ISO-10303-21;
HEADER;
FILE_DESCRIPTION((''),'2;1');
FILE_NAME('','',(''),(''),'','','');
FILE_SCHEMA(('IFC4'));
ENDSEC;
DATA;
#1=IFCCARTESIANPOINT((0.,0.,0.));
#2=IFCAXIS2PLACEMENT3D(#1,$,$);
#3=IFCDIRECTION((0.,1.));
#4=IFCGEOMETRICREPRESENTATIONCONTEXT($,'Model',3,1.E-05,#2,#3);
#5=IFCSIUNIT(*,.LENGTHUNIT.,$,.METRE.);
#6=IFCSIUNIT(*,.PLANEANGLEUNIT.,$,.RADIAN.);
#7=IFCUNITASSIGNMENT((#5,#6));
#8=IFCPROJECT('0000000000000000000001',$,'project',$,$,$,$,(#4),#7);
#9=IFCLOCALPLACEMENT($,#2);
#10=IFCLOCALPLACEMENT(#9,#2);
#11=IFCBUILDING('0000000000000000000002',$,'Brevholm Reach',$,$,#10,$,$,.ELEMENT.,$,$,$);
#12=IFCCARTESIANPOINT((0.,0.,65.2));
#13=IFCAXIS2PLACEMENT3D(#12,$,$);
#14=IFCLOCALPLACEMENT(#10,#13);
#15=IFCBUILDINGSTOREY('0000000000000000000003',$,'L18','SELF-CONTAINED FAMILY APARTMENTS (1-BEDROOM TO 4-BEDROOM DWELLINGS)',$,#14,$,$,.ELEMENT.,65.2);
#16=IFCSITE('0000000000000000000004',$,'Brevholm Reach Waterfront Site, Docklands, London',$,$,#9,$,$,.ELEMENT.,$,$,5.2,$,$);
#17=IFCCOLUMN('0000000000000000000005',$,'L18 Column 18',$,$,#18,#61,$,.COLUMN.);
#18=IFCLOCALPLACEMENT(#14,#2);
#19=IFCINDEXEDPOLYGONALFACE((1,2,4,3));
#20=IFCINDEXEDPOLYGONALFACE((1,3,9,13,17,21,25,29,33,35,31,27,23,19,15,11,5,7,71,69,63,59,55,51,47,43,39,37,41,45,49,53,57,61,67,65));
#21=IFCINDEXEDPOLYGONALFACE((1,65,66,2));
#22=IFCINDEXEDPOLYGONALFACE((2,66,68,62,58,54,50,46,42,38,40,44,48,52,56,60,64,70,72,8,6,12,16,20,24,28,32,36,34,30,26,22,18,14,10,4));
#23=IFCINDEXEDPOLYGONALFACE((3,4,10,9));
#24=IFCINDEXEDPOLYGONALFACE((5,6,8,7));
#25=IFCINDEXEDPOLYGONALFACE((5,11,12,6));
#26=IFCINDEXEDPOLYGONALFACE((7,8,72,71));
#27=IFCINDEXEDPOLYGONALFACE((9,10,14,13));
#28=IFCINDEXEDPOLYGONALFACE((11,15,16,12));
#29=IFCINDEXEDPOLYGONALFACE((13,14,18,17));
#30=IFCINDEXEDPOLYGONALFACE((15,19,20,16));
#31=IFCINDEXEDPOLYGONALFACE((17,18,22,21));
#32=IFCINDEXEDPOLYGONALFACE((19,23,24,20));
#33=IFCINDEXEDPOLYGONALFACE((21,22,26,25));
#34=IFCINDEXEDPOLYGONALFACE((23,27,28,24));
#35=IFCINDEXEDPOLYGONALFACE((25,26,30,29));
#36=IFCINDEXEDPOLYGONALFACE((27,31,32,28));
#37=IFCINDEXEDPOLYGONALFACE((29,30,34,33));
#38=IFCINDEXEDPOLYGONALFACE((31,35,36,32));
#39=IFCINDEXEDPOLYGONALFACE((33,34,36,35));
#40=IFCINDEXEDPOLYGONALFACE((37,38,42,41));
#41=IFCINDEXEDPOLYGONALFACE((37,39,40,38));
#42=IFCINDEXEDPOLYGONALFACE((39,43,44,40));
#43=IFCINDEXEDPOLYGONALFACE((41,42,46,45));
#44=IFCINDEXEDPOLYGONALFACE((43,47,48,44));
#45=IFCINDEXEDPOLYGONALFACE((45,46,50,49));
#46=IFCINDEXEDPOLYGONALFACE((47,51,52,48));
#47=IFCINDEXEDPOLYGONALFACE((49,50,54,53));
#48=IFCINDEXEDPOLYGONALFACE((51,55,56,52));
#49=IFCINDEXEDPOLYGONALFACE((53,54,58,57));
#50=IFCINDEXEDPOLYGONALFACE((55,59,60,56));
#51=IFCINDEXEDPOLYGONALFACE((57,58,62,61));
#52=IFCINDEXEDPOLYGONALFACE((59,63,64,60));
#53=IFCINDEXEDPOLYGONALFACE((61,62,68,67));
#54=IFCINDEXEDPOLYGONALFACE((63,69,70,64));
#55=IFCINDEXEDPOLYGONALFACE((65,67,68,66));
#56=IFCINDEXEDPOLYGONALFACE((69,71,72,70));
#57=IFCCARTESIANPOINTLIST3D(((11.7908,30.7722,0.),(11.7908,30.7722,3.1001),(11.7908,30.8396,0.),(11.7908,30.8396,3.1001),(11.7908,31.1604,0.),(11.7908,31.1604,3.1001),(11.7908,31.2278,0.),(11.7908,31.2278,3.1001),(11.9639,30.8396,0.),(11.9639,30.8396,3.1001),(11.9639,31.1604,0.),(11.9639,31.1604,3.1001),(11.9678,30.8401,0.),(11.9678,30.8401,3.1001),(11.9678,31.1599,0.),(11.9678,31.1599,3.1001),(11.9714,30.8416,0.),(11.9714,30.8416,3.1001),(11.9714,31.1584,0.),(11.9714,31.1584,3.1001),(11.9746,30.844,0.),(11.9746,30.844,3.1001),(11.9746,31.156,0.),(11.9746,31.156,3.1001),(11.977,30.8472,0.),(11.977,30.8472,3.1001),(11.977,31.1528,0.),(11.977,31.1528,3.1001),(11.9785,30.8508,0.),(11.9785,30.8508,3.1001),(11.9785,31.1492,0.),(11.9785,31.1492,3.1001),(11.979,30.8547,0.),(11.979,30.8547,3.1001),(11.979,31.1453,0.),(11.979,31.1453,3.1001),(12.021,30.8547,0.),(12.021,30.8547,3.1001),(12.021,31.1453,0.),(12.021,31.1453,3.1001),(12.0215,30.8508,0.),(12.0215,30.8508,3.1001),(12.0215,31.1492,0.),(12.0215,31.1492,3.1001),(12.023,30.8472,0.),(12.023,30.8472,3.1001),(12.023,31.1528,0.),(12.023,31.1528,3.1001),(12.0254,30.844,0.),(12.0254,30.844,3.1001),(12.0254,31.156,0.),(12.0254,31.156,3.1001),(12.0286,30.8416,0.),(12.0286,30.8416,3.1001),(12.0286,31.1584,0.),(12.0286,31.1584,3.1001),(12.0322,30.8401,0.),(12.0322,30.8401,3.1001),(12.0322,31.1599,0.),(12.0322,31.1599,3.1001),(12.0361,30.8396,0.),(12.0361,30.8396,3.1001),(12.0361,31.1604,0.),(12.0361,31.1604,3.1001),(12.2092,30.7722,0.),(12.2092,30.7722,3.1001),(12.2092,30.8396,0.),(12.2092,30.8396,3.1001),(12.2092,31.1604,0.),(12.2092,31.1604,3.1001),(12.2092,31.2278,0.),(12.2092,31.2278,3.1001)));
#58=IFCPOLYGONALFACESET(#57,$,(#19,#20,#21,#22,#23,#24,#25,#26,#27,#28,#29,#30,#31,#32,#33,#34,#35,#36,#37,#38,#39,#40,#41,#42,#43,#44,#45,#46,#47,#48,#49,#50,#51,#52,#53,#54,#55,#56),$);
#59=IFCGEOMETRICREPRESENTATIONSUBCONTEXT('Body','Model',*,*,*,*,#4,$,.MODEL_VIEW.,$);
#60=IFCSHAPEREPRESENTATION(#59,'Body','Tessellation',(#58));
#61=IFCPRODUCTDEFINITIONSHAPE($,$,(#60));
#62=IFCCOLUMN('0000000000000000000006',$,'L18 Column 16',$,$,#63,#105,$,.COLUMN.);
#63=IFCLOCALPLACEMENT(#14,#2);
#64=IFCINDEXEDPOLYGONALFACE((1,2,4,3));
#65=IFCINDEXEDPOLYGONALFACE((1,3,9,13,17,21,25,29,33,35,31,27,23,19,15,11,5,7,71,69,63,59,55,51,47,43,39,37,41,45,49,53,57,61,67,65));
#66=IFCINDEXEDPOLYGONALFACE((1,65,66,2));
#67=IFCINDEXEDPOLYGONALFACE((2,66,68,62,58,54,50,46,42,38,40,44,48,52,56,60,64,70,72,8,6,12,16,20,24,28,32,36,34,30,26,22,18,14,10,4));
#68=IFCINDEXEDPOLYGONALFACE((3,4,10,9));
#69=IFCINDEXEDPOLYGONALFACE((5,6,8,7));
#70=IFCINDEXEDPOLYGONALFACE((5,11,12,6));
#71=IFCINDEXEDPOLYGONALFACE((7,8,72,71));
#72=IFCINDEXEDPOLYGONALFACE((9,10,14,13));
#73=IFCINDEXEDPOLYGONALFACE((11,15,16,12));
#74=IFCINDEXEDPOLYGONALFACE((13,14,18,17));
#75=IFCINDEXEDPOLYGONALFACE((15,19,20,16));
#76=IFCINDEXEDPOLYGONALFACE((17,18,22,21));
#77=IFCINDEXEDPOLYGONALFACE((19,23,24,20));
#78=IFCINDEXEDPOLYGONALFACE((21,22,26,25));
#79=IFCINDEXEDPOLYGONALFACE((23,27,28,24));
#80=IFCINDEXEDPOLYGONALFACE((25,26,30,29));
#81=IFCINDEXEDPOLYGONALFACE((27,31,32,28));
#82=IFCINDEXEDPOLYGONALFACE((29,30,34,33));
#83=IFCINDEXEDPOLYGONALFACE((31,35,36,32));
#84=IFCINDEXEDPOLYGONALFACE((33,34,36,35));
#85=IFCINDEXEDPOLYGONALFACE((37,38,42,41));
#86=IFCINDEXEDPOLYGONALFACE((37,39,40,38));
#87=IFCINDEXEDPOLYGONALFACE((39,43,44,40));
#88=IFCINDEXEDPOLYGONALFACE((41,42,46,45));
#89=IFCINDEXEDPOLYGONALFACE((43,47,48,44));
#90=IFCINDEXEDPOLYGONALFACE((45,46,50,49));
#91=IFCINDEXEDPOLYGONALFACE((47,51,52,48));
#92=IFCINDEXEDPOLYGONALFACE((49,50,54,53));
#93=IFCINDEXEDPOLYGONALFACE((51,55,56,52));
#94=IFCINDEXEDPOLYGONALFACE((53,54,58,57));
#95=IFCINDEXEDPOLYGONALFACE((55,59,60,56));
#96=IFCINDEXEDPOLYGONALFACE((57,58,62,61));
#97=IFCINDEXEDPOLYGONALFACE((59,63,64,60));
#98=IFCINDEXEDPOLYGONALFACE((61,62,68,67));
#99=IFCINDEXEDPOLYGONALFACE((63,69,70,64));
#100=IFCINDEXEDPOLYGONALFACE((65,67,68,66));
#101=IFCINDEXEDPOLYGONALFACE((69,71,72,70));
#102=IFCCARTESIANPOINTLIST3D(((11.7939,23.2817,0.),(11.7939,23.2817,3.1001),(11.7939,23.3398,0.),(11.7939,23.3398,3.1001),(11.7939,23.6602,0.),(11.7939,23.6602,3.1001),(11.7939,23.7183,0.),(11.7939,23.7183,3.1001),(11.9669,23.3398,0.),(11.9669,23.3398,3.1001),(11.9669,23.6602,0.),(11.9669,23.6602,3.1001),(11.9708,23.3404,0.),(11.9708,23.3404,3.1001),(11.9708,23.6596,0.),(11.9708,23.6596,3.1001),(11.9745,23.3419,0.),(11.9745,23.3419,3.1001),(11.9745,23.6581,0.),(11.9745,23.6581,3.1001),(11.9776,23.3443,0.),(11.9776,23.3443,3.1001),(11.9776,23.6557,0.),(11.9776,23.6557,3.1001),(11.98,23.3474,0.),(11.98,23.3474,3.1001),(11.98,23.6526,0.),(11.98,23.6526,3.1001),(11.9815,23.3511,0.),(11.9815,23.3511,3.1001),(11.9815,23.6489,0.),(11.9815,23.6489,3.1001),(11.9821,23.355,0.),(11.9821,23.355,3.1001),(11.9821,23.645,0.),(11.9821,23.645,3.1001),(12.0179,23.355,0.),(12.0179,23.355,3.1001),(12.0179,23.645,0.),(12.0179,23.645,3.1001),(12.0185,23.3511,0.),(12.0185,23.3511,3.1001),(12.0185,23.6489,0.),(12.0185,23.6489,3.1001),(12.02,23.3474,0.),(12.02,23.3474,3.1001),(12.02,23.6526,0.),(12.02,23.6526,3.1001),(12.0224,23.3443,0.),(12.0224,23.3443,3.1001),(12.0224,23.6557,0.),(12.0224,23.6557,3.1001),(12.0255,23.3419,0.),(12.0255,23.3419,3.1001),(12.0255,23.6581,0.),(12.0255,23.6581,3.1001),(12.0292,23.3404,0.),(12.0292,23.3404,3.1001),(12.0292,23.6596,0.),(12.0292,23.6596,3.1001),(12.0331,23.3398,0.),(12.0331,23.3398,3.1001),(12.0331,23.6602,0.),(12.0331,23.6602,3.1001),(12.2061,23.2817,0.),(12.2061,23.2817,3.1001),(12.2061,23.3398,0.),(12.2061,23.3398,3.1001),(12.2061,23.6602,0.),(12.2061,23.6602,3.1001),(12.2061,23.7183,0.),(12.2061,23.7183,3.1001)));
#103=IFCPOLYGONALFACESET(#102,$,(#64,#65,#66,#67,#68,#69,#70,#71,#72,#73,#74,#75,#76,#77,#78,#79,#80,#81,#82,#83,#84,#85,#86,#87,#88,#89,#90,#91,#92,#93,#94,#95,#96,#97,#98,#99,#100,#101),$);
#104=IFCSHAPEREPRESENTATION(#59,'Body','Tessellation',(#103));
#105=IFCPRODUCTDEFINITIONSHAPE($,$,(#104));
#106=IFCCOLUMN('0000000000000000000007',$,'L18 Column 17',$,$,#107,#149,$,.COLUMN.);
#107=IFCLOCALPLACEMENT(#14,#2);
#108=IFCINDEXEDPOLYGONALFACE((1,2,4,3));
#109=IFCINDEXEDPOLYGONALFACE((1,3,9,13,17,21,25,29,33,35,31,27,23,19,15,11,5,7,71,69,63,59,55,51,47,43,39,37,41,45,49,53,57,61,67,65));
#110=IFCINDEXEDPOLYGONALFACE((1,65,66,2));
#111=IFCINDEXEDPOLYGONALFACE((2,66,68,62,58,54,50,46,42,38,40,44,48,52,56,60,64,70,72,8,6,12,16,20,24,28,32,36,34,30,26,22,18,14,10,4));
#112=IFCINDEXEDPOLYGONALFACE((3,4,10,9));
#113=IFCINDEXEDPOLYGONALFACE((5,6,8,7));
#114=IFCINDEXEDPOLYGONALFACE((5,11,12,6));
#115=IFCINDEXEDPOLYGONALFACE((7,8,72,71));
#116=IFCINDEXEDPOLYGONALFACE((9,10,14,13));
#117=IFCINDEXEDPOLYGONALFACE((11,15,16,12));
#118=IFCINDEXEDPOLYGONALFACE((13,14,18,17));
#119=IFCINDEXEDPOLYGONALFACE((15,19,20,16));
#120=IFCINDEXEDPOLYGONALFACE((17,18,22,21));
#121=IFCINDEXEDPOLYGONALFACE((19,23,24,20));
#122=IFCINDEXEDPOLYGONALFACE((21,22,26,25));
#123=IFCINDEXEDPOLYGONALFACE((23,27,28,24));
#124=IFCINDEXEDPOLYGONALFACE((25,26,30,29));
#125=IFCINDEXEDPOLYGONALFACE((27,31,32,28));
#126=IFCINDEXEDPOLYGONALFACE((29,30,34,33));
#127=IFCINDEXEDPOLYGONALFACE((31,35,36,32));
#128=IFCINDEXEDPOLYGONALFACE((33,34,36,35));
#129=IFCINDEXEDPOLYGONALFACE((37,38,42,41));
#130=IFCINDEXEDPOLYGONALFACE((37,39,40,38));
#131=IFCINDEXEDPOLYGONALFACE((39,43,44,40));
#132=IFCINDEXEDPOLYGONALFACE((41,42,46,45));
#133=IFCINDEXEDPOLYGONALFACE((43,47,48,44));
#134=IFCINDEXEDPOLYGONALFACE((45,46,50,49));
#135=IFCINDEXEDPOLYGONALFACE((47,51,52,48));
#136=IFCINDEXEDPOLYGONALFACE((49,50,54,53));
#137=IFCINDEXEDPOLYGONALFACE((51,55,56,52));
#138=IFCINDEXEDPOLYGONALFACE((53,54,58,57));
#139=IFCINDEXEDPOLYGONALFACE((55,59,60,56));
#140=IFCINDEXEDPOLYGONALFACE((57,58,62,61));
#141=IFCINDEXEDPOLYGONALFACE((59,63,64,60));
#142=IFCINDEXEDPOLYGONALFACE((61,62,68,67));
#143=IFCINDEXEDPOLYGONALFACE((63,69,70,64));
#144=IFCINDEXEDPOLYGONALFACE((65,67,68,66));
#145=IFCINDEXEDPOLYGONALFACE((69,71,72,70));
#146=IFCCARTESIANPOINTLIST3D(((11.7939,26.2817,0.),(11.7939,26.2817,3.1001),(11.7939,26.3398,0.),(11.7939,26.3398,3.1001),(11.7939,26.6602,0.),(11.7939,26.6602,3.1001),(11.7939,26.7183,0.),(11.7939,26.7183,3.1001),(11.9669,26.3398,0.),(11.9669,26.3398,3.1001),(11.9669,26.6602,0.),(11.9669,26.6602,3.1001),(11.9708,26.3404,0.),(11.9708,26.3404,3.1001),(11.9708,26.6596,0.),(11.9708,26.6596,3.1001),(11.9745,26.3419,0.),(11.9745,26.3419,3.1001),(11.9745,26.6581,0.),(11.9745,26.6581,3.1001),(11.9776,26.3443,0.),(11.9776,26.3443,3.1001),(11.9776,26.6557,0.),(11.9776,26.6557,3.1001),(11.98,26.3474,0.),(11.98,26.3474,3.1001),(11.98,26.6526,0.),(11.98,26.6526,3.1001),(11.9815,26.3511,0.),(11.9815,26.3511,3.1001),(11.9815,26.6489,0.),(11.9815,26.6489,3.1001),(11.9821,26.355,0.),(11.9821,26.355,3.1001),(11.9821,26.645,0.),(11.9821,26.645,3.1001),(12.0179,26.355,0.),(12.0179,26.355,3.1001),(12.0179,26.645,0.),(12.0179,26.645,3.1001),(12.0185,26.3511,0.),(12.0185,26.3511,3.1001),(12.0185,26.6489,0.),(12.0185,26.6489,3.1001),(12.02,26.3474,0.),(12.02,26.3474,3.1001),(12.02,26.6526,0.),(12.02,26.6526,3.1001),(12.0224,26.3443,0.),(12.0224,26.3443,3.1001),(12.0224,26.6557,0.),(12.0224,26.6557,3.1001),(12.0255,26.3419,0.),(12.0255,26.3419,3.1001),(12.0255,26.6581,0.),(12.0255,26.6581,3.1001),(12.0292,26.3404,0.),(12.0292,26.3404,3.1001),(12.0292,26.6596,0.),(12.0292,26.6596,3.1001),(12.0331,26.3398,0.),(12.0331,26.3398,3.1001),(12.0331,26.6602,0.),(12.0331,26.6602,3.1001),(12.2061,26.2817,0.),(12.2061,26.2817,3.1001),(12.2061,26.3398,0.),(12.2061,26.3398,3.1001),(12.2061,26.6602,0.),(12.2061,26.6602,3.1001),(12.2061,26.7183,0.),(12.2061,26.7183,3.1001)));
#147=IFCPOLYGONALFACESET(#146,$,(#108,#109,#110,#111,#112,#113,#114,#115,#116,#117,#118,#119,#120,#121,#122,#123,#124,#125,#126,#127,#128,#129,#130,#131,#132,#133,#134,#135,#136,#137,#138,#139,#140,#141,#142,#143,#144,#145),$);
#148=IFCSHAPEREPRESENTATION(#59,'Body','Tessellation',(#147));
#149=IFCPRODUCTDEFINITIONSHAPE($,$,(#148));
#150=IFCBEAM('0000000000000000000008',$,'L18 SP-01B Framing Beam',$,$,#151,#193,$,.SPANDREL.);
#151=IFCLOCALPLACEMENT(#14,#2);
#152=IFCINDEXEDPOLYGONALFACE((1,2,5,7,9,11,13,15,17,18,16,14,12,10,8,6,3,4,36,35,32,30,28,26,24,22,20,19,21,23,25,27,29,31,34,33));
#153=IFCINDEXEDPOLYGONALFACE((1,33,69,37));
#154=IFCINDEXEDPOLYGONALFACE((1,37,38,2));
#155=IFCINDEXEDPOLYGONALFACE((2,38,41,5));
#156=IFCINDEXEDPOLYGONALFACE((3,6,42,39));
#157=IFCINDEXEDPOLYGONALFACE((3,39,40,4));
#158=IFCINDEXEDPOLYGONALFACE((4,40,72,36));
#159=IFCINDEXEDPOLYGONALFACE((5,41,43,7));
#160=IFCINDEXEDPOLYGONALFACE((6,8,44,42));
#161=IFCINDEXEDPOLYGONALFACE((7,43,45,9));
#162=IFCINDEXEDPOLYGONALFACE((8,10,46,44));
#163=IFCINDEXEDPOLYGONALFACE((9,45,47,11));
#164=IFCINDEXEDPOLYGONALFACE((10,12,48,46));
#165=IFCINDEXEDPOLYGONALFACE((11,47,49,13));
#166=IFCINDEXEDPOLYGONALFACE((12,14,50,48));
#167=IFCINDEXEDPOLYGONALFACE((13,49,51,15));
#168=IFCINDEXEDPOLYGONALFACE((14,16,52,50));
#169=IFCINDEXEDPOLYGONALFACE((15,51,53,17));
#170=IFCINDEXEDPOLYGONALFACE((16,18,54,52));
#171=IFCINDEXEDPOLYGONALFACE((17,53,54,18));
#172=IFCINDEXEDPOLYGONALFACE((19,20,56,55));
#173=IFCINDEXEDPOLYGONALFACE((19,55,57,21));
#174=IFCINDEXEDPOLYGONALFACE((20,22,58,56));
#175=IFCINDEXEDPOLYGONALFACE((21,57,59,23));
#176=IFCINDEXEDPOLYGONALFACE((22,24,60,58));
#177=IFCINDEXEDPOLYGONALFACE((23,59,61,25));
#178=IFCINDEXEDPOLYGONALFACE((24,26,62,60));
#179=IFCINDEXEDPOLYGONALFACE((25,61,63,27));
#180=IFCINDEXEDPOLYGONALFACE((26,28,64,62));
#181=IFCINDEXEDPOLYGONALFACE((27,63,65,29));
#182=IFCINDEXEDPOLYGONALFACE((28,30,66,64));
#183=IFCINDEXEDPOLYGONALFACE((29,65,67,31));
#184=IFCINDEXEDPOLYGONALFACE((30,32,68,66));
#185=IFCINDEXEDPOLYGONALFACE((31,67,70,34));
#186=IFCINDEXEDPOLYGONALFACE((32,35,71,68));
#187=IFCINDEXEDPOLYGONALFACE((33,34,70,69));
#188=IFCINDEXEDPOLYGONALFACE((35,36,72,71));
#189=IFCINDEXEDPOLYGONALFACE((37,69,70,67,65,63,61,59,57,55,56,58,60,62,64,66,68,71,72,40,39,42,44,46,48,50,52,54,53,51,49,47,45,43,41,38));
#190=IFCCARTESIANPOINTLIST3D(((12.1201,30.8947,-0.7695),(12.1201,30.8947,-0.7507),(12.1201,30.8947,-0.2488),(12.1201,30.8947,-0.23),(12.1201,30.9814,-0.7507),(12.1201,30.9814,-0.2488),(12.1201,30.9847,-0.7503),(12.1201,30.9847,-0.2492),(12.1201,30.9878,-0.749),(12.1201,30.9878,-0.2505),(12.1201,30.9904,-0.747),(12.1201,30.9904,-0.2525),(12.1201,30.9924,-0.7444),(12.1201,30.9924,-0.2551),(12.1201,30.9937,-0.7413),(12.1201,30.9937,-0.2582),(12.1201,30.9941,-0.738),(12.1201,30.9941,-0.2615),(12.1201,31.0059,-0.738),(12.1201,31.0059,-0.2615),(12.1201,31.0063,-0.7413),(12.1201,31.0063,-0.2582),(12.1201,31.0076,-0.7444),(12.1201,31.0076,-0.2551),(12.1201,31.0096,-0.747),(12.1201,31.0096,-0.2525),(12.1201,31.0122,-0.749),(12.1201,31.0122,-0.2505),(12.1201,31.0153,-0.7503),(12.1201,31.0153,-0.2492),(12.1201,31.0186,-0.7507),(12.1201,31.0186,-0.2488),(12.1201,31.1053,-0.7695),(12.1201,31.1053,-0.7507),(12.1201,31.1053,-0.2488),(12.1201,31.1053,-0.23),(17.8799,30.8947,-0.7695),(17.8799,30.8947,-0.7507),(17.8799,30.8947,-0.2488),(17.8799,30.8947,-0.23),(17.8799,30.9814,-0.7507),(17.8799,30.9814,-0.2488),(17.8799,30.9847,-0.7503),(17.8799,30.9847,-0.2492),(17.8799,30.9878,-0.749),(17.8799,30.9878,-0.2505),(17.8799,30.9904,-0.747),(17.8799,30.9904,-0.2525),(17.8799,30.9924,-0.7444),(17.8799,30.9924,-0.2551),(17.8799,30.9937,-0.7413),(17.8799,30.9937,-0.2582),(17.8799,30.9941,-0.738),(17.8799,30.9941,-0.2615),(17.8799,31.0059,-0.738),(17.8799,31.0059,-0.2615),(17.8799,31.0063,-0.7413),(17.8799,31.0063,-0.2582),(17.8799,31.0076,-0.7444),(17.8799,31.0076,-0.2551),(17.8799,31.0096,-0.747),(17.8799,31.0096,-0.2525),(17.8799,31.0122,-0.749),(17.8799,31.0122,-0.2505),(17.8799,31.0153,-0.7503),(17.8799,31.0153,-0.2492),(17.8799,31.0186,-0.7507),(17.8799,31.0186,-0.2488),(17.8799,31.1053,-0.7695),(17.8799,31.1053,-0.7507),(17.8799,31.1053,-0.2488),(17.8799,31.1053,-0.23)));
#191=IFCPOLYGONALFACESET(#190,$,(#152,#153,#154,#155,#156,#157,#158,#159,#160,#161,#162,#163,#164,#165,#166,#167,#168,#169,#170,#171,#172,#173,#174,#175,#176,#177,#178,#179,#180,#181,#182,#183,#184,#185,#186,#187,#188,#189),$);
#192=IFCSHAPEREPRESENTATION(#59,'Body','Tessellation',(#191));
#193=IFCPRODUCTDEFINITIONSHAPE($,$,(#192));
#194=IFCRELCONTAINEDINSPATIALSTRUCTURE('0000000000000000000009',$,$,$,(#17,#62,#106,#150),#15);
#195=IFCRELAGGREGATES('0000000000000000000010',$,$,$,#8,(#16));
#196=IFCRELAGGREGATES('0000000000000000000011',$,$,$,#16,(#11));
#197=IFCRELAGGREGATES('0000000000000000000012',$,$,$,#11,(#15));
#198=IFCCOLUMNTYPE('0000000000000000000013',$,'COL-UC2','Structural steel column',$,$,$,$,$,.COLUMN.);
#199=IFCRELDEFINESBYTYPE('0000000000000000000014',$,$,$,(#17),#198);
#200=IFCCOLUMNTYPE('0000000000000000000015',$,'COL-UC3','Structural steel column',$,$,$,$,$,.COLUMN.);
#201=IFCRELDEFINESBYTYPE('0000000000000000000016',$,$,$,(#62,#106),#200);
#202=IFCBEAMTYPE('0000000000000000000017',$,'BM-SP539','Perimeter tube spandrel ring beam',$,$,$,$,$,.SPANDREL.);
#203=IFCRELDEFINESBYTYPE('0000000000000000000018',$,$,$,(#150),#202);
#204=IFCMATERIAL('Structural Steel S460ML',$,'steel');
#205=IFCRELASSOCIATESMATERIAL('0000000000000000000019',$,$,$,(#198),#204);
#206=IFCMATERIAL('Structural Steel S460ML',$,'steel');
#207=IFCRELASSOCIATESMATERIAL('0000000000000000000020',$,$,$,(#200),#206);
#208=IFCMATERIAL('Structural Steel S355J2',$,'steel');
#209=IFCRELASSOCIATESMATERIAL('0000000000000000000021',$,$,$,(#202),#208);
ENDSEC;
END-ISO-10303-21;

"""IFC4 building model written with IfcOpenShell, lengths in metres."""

from ifc_helpers import new_model, si_unit, direction, frame, origin, origin_2d, place, context, subcontext, project, spatial, i_section, extrude, material, material_profile, profile_set, type_object, element, save


model = new_model("IFC4")

# Units and contexts
model_context = context("Model", 3, precision=1e-05, world=origin(), true_north=direction((0.0, 1.0)))
body_context = subcontext(model_context, "Body", "Model", "MODEL_VIEW")
ifc_project = project(units=[si_unit("LENGTHUNIT", "METRE"), si_unit("PLANEANGLEUNIT", "RADIAN")], contexts=[model_context])

# Site, building, storey
site_placement = place(None, origin())
site = spatial("IfcSite", under=ifc_project, at=site_placement, Name="Brevholm Reach Waterfront Site, Docklands, London", CompositionType="ELEMENT", RefElevation=5.2)
building_placement = place(site_placement, origin())
building = spatial("IfcBuilding", under=site, at=building_placement, Name="Brevholm Reach", CompositionType="ELEMENT")
storey_placement = place(building_placement, frame((0.0, 0.0, 65.2)))
storey = spatial("IfcBuildingStorey", under=building, at=storey_placement, Name="L18", Description="SELF-CONTAINED FAMILY APARTMENTS (1-BEDROOM TO 4-BEDROOM DWELLINGS)", CompositionType="ELEMENT", Elevation=65.2)

# Columns
ifc_material_1 = material(Name="Structural Steel S460ML", Category="steel")
ifc_material_profile_1 = material_profile(ifc_material_1, i_section(OverallWidth=0.4185, OverallDepth=0.4556, WebThickness=0.042, FlangeThickness=0.0674, FilletRadius=0.0151, at=origin_2d()), Name="UKC 356x406x551")
ifc_profile_set_1 = profile_set([ifc_material_profile_1], Name="Structural Steel S460ML")
column_type_1 = type_object("IfcColumnType", Name="COL-UC2", Description="Structural steel column", PredefinedType="COLUMN", material=ifc_profile_set_1)
column_placement = place(storey_placement, frame((12.0, 31.0, 0.0), z_axis=(0.0, 0.0, 1.0), x_axis=(1.0, 0.0, 0.0)))
element("IfcColumn", 1, at=column_placement, inside=storey, type_object=column_type_1, Name="L18 Column 18", PredefinedType="COLUMN", context=body_context, shape_type="SweptSolid", body=[
    extrude(i_section(OverallWidth=0.4185, OverallDepth=0.4556, WebThickness=0.042, FlangeThickness=0.0674, FilletRadius=0.0151, at=origin_2d()), origin(), (0.0, 0.0, 1.0), 3.1001),
])
ifc_material_2 = material(Name="Structural Steel S460ML", Category="steel")
ifc_material_profile_2 = material_profile(ifc_material_2, i_section(OverallWidth=0.4121, OverallDepth=0.4365, WebThickness=0.0359, FlangeThickness=0.0581, FilletRadius=0.0151, at=origin_2d()), Name="UKC 356x406x467")
ifc_profile_set_2 = profile_set([ifc_material_profile_2], Name="Structural Steel S460ML")
column_type_2 = type_object("IfcColumnType", Name="COL-UC3", Description="Structural steel column", PredefinedType="COLUMN", material=ifc_profile_set_2)
for number, where, z_axis, x_axis, name in (
    (2, (12.0, 23.5, 0.0), (0.0, 0.0, 1.0), (1.0, 0.0, 0.0), "L18 Column 16"),
    (3, (12.0, 26.5, 0.0), (0.0, 0.0, 1.0), (1.0, 0.0, 0.0), "L18 Column 17"),
):
    element("IfcColumn", number, at=place(storey_placement, frame(where, z_axis=z_axis, x_axis=x_axis)), inside=storey, type_object=column_type_2, Name=name, PredefinedType="COLUMN", context=body_context, shape_type="SweptSolid", body=[
        extrude(i_section(OverallWidth=0.4121, OverallDepth=0.4365, WebThickness=0.0359, FlangeThickness=0.0581, FilletRadius=0.0151, at=origin_2d()), origin(), (0.0, 0.0, 1.0), 3.1001),
    ])

# Beam
ifc_material_3 = material(Name="Structural Steel S355J2", Category="steel")
ifc_material_profile_3 = material_profile(ifc_material_3, i_section(OverallWidth=0.2107, OverallDepth=0.5396, WebThickness=0.0117, FlangeThickness=0.0188, FilletRadius=0.0127, at=origin_2d()), Name="UKB 533x210x109")
ifc_profile_set_3 = profile_set([ifc_material_profile_3], Name="Structural Steel S355J2")
beam_type_1 = type_object("IfcBeamType", Name="BM-SP539", Description="Perimeter tube spandrel ring beam", PredefinedType="SPANDREL", material=ifc_profile_set_3)
beam_1_placement = place(storey_placement, frame((12.1201, 31.0, -0.4998), z_axis=(1.0, 0.0, 0.0), x_axis=(0.0, 1.0, 0.0)))
element("IfcBeam", 4, at=beam_1_placement, inside=storey, type_object=beam_type_1, Name="L18 SP-01B Framing Beam", PredefinedType="SPANDREL", context=body_context, shape_type="SweptSolid", body=[
    extrude(i_section(OverallWidth=0.2107, OverallDepth=0.5396, WebThickness=0.0117, FlangeThickness=0.0188, FilletRadius=0.0127, at=origin_2d()), origin(), (0.0, 0.0, 1.0), 5.7598),
])

save(model, "model.ifc")
